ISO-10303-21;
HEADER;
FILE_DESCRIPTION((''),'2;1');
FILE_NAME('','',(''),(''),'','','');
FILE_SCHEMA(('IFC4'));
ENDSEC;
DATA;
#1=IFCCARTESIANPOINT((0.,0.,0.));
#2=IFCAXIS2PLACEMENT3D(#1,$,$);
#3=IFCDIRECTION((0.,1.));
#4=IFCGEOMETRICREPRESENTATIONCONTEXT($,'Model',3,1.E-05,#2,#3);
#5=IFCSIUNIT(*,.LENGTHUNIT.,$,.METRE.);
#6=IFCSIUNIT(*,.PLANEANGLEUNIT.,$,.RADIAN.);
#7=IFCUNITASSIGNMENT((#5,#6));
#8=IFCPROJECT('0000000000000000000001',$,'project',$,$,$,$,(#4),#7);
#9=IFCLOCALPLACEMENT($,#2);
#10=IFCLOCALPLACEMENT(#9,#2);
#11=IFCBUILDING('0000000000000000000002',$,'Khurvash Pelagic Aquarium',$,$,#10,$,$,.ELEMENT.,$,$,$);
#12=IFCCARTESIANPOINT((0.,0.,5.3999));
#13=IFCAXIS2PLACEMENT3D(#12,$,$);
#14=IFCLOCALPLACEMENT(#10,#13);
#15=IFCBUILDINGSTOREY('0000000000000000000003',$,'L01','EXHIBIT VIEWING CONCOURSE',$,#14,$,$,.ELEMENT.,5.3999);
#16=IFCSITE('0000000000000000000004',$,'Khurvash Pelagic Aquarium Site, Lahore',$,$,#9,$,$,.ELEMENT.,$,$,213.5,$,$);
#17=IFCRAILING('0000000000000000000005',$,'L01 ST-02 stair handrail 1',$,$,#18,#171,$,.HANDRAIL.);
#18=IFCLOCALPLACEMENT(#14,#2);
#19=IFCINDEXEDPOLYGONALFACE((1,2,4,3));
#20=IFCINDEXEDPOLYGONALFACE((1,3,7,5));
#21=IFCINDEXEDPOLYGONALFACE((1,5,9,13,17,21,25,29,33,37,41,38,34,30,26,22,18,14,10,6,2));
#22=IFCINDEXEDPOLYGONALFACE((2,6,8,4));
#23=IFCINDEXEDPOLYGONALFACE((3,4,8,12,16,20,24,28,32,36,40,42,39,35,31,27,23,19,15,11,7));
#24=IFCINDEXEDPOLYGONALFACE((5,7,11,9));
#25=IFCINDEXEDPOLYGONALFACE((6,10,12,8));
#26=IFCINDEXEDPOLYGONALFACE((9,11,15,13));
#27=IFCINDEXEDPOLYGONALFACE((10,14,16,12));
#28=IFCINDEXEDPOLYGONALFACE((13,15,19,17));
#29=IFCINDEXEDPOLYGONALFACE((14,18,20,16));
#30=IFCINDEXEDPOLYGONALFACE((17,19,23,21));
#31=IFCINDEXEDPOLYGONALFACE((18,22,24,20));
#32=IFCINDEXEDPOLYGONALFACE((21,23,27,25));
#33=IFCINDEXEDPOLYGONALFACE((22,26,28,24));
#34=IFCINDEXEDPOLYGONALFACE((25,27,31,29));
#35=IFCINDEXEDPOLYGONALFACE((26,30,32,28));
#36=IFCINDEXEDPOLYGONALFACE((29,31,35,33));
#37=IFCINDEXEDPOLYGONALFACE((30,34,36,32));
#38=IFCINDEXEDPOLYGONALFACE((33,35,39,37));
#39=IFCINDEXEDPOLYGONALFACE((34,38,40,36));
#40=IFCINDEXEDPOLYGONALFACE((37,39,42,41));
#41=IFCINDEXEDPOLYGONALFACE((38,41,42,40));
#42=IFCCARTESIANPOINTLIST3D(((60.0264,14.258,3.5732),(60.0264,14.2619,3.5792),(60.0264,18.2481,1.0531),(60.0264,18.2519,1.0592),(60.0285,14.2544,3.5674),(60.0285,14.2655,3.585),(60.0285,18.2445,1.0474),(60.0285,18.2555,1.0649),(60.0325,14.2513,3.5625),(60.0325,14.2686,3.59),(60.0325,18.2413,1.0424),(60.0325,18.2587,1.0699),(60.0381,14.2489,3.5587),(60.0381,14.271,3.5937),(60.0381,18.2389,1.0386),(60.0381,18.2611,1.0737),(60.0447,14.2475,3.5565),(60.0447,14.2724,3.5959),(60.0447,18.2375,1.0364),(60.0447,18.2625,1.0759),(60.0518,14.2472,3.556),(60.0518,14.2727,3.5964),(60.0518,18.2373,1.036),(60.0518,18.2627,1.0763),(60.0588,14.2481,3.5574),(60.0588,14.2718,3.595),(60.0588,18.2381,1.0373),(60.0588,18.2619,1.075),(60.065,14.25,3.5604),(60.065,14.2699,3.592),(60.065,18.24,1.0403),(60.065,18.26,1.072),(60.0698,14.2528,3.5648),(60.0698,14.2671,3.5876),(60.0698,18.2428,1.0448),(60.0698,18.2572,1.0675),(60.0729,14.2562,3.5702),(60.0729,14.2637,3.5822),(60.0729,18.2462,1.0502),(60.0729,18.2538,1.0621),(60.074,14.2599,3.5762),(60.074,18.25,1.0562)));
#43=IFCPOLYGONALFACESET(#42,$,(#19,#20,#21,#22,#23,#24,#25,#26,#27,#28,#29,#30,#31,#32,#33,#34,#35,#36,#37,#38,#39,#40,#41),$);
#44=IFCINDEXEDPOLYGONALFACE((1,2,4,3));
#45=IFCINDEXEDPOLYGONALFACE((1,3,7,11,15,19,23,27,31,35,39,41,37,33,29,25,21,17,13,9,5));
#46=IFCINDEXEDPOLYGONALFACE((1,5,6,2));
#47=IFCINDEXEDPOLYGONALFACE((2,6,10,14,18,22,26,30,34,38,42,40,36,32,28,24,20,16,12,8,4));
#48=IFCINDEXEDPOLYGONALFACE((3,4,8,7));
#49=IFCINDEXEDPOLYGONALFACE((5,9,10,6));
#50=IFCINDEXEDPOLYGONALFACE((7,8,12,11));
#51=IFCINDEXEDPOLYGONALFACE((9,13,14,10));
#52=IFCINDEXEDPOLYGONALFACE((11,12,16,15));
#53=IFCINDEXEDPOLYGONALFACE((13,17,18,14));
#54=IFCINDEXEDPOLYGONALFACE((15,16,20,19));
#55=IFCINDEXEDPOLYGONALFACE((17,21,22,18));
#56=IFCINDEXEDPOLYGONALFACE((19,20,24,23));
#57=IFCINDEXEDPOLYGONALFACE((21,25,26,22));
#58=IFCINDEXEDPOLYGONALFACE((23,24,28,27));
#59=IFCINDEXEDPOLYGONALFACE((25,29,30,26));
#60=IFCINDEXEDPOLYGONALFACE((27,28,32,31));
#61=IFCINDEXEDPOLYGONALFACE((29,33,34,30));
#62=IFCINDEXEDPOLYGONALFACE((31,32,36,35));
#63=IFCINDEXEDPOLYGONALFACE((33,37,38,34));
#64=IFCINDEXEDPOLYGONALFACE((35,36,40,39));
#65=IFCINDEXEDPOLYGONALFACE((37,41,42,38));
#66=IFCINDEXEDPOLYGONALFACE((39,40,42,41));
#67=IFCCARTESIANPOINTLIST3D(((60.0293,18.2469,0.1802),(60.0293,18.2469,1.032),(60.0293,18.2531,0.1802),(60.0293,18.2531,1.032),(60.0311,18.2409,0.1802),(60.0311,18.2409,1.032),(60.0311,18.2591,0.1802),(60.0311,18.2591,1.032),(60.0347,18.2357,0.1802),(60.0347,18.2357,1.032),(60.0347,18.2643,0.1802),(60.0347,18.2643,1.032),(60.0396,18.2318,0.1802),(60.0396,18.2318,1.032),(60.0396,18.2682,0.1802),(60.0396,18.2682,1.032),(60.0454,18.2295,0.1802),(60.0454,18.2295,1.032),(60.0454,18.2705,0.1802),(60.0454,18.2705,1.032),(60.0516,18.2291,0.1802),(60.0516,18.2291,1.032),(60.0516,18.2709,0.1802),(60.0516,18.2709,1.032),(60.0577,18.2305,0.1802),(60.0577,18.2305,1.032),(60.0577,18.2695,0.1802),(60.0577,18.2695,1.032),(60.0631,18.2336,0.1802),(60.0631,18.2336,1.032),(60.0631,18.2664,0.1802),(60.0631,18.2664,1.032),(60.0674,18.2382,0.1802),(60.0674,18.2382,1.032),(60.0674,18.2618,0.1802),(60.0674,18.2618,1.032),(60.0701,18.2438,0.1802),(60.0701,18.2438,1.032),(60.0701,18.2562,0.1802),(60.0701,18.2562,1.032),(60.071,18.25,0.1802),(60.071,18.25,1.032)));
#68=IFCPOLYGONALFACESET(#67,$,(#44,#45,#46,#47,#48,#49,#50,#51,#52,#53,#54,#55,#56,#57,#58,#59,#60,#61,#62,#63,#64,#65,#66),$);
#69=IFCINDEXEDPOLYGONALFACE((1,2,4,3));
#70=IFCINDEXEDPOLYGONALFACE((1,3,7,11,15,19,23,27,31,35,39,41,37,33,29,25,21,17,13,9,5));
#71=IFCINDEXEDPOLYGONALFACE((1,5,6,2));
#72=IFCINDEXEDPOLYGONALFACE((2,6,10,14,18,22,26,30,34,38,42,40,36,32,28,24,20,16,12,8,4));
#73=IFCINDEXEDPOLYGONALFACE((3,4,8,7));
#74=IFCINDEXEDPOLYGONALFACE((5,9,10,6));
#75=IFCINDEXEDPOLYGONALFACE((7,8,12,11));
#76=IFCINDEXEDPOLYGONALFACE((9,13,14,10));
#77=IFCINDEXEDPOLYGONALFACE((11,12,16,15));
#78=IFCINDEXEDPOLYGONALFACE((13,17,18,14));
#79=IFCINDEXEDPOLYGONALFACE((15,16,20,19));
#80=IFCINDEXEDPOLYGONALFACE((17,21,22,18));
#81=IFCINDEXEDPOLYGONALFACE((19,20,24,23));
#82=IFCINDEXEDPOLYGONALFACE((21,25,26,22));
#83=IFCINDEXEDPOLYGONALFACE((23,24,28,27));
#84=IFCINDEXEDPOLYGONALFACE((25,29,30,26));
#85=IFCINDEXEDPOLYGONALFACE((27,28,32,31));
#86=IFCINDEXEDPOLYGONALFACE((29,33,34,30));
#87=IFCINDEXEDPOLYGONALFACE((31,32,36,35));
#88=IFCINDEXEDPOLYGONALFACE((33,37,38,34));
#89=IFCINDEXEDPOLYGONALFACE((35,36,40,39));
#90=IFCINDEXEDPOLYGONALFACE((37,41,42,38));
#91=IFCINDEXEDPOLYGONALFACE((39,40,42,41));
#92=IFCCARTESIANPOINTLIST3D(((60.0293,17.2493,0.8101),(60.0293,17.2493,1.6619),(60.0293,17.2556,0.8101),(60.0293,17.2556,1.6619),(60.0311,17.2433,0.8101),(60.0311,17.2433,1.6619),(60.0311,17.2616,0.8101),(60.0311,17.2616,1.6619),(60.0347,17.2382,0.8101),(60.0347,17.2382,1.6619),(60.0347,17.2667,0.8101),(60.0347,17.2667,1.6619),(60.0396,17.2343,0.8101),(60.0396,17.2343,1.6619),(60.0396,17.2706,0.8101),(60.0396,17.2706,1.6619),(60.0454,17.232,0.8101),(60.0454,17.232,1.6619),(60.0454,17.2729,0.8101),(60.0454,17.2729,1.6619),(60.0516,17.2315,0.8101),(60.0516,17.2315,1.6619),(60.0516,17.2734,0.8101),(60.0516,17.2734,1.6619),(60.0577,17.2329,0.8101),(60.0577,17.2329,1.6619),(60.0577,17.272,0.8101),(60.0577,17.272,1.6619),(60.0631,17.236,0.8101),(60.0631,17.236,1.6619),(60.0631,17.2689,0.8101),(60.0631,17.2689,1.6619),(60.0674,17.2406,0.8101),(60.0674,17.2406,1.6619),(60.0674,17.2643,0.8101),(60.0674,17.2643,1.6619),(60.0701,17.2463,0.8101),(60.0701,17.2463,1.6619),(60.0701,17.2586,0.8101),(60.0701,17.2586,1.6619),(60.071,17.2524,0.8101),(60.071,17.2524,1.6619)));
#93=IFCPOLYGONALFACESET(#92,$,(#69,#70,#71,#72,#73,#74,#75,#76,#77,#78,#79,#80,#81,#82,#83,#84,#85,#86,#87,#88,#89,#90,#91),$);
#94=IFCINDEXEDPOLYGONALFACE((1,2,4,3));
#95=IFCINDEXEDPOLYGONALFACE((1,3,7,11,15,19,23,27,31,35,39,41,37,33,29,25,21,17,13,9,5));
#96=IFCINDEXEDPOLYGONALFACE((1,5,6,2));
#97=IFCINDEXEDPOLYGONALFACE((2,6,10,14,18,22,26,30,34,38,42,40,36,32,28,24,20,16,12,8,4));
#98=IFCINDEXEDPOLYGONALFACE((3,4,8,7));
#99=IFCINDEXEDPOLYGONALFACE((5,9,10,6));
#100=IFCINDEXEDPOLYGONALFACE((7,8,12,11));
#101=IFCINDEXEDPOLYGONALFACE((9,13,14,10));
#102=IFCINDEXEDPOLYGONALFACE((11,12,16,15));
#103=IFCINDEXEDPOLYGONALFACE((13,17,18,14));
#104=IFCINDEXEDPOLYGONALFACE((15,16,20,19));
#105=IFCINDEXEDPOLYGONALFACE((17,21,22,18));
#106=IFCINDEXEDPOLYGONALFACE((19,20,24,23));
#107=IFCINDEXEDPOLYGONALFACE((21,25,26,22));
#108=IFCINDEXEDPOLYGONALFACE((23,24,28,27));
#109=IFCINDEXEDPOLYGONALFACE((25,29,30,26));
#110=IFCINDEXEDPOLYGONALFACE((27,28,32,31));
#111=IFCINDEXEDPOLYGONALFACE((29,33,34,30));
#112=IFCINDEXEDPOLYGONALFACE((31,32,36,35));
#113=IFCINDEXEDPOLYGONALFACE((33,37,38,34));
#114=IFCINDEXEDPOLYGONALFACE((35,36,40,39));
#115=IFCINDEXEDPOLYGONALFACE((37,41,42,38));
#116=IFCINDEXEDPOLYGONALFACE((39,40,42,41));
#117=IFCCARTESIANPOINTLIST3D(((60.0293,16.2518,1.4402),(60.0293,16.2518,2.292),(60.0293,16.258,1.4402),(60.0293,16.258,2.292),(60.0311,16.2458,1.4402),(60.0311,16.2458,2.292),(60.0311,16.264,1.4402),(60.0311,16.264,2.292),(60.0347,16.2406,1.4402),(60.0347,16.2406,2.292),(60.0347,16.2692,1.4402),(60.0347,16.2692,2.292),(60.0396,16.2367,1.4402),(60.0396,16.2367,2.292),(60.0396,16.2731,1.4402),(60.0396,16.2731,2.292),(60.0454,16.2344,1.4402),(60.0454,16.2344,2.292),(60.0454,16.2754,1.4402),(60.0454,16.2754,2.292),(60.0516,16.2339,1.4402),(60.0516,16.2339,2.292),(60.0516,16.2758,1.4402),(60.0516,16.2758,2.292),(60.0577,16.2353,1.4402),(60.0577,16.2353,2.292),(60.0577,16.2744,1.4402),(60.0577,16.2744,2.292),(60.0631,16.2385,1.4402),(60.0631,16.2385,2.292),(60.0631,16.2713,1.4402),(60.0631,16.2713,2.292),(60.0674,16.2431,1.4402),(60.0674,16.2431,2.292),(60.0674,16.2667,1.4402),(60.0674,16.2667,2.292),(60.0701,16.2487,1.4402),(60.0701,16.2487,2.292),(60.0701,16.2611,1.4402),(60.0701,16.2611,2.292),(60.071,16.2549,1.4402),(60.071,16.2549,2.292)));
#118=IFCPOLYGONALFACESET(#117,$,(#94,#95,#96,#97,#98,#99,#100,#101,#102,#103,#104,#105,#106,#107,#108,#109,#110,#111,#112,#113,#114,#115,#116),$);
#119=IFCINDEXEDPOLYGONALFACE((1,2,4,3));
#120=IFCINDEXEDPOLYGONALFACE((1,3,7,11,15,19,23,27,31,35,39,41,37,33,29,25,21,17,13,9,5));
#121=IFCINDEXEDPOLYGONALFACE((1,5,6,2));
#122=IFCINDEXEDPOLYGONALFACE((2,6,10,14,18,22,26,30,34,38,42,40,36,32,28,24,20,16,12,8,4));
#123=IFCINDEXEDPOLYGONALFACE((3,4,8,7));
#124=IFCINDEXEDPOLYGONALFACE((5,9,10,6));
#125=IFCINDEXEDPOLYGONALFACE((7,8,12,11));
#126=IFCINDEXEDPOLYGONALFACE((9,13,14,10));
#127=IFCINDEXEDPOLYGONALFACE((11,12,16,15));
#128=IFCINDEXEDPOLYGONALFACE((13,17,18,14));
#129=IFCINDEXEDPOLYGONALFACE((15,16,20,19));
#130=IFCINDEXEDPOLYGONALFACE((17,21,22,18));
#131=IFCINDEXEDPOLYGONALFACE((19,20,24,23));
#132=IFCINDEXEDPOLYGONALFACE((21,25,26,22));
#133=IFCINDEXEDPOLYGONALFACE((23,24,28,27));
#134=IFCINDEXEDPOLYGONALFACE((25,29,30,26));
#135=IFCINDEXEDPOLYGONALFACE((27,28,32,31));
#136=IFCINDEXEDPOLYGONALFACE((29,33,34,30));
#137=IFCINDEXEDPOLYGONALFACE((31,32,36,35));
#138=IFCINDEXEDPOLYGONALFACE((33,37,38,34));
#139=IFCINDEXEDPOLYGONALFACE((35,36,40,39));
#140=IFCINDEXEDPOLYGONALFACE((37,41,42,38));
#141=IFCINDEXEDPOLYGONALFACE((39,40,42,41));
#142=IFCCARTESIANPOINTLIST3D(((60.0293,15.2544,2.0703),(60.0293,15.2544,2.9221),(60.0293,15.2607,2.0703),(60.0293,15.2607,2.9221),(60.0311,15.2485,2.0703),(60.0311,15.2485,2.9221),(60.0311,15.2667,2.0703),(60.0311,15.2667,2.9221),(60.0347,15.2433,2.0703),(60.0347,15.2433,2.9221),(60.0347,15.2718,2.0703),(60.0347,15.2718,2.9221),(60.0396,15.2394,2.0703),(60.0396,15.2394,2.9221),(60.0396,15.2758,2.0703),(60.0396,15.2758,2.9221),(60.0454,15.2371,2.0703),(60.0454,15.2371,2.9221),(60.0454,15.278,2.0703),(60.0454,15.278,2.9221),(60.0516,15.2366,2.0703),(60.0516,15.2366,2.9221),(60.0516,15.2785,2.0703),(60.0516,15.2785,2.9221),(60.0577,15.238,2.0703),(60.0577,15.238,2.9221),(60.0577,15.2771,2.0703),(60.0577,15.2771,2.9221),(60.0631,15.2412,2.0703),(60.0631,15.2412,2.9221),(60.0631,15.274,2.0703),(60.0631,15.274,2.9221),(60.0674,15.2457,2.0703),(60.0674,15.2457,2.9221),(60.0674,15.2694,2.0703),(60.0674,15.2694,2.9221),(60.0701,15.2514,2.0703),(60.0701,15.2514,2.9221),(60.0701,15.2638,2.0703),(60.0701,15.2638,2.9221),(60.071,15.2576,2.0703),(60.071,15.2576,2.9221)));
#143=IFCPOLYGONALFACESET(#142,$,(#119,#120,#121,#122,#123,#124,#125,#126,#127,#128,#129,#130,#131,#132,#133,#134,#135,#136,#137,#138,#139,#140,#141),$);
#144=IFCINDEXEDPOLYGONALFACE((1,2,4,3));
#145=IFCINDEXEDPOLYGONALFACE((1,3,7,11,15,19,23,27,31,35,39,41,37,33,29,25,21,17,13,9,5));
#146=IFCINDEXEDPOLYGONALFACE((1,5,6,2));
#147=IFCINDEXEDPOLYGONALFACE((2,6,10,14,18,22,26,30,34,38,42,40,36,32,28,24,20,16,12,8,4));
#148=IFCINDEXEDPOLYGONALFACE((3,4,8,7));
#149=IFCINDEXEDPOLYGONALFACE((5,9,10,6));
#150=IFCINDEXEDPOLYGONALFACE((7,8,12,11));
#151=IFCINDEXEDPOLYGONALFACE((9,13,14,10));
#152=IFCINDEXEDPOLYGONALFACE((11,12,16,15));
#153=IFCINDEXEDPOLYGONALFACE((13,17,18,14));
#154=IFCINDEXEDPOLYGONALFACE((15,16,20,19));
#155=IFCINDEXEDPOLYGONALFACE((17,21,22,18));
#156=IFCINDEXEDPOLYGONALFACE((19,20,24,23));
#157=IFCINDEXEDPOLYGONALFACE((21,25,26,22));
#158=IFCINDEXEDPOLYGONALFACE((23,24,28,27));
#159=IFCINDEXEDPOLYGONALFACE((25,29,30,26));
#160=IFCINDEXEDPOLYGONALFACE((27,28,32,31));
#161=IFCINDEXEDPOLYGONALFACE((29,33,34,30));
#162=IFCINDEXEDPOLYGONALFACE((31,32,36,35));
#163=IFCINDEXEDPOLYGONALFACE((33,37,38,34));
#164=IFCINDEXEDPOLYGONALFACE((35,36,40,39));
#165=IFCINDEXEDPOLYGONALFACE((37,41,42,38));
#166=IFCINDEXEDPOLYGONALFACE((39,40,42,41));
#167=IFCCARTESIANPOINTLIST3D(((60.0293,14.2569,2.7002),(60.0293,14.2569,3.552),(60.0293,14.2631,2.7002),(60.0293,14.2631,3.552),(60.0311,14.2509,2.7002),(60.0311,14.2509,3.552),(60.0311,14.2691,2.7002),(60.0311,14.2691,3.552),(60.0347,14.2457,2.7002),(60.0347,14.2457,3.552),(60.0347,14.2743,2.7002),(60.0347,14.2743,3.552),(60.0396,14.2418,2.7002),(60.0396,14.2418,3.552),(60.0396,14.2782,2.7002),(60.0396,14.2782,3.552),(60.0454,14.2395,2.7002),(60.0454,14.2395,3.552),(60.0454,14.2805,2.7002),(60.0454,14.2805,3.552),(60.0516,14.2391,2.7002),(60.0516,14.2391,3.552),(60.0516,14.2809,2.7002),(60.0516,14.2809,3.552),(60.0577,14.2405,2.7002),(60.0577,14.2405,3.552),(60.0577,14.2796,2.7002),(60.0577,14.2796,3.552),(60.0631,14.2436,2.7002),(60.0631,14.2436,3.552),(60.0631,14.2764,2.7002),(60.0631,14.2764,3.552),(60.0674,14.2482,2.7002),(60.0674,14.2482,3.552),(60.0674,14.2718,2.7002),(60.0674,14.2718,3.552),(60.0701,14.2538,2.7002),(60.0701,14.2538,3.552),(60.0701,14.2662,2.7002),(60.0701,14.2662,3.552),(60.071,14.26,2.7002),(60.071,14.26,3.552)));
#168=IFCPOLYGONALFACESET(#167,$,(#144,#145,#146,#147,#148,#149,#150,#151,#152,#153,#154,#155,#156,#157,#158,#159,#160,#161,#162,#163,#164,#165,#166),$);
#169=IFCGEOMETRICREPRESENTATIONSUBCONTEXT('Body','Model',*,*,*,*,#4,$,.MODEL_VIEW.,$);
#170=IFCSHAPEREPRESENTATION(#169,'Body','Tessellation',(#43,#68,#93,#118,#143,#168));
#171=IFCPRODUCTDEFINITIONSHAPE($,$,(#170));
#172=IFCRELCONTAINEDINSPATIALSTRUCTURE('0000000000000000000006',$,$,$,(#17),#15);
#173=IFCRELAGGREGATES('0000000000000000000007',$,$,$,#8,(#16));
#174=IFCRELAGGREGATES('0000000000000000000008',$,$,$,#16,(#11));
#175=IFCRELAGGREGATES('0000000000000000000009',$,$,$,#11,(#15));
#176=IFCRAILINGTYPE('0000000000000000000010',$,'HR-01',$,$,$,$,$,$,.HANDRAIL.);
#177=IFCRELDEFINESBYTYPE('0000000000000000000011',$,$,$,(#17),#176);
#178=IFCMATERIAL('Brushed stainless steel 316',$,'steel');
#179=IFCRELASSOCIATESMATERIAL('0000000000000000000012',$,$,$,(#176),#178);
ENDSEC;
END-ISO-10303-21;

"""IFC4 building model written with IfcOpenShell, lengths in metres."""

from ifc_helpers import new_model, si_unit, direction, frame, origin, origin_2d, place, context, subcontext, project, spatial, circle, extrude, material, type_object, element, save


model = new_model("IFC4")

# Units and contexts
model_context = context("Model", 3, precision=1e-05, world=origin(), true_north=direction((0.0, 1.0)))
body_context = subcontext(model_context, "Body", "Model", "MODEL_VIEW")
ifc_project = project(units=[si_unit("LENGTHUNIT", "METRE"), si_unit("PLANEANGLEUNIT", "RADIAN")], contexts=[model_context])

# Site, building, storey
site_placement = place(None, origin())
site = spatial("IfcSite", under=ifc_project, at=site_placement, Name="Khurvash Pelagic Aquarium Site, Lahore", CompositionType="ELEMENT", RefElevation=213.5)
building_placement = place(site_placement, origin())
building = spatial("IfcBuilding", under=site, at=building_placement, Name="Khurvash Pelagic Aquarium", CompositionType="ELEMENT")
storey_placement = place(building_placement, frame((0.0, 0.0, 5.3999)))
storey = spatial("IfcBuildingStorey", under=building, at=storey_placement, Name="L01", Description="EXHIBIT VIEWING CONCOURSE", CompositionType="ELEMENT", Elevation=5.3999)

# Railing
ifc_material_1 = material(Name="Brushed stainless steel 316", Category="steel")
railing_type_1 = type_object("IfcRailingType", Name="HR-01", PredefinedType="HANDRAIL", material=ifc_material_1)
railing_1_placement = place(storey_placement, frame((60.05, 18.25, 0.1802)))
element("IfcRailing", 1, at=railing_1_placement, inside=storey, type_object=railing_type_1, Name="L01 ST-02 stair handrail 1", PredefinedType="HANDRAIL", context=body_context, shape_type="SweptSolid", body=[
    extrude(circle(Radius=0.0239, at=origin_2d()), frame((0.0, 0.0, 0.876), z_axis=(0.0, -0.845486, 0.533997), x_axis=(1.0, 0.0, 0.0)), (0.0, 0.0, 1.0), 4.7192),
    extrude(circle(Radius=0.021, at=origin_2d()), origin(), (0.0, 0.0, 1.0), 0.8518),
    extrude(circle(Radius=0.021, at=origin_2d()), frame((0.0, -0.9976, 0.6299)), (0.0, 0.0, 1.0), 0.8518),
    extrude(circle(Radius=0.021, at=origin_2d()), frame((0.0, -1.9951, 1.26)), (0.0, 0.0, 1.0), 0.8518),
    extrude(circle(Radius=0.021, at=origin_2d()), frame((0.0, -2.9924, 1.8901)), (0.0, 0.0, 1.0), 0.8518),
    extrude(circle(Radius=0.021, at=origin_2d()), frame((0.0, -3.99, 2.52)), (0.0, 0.0, 1.0), 0.8518),
])

save(model, "model.ifc")
